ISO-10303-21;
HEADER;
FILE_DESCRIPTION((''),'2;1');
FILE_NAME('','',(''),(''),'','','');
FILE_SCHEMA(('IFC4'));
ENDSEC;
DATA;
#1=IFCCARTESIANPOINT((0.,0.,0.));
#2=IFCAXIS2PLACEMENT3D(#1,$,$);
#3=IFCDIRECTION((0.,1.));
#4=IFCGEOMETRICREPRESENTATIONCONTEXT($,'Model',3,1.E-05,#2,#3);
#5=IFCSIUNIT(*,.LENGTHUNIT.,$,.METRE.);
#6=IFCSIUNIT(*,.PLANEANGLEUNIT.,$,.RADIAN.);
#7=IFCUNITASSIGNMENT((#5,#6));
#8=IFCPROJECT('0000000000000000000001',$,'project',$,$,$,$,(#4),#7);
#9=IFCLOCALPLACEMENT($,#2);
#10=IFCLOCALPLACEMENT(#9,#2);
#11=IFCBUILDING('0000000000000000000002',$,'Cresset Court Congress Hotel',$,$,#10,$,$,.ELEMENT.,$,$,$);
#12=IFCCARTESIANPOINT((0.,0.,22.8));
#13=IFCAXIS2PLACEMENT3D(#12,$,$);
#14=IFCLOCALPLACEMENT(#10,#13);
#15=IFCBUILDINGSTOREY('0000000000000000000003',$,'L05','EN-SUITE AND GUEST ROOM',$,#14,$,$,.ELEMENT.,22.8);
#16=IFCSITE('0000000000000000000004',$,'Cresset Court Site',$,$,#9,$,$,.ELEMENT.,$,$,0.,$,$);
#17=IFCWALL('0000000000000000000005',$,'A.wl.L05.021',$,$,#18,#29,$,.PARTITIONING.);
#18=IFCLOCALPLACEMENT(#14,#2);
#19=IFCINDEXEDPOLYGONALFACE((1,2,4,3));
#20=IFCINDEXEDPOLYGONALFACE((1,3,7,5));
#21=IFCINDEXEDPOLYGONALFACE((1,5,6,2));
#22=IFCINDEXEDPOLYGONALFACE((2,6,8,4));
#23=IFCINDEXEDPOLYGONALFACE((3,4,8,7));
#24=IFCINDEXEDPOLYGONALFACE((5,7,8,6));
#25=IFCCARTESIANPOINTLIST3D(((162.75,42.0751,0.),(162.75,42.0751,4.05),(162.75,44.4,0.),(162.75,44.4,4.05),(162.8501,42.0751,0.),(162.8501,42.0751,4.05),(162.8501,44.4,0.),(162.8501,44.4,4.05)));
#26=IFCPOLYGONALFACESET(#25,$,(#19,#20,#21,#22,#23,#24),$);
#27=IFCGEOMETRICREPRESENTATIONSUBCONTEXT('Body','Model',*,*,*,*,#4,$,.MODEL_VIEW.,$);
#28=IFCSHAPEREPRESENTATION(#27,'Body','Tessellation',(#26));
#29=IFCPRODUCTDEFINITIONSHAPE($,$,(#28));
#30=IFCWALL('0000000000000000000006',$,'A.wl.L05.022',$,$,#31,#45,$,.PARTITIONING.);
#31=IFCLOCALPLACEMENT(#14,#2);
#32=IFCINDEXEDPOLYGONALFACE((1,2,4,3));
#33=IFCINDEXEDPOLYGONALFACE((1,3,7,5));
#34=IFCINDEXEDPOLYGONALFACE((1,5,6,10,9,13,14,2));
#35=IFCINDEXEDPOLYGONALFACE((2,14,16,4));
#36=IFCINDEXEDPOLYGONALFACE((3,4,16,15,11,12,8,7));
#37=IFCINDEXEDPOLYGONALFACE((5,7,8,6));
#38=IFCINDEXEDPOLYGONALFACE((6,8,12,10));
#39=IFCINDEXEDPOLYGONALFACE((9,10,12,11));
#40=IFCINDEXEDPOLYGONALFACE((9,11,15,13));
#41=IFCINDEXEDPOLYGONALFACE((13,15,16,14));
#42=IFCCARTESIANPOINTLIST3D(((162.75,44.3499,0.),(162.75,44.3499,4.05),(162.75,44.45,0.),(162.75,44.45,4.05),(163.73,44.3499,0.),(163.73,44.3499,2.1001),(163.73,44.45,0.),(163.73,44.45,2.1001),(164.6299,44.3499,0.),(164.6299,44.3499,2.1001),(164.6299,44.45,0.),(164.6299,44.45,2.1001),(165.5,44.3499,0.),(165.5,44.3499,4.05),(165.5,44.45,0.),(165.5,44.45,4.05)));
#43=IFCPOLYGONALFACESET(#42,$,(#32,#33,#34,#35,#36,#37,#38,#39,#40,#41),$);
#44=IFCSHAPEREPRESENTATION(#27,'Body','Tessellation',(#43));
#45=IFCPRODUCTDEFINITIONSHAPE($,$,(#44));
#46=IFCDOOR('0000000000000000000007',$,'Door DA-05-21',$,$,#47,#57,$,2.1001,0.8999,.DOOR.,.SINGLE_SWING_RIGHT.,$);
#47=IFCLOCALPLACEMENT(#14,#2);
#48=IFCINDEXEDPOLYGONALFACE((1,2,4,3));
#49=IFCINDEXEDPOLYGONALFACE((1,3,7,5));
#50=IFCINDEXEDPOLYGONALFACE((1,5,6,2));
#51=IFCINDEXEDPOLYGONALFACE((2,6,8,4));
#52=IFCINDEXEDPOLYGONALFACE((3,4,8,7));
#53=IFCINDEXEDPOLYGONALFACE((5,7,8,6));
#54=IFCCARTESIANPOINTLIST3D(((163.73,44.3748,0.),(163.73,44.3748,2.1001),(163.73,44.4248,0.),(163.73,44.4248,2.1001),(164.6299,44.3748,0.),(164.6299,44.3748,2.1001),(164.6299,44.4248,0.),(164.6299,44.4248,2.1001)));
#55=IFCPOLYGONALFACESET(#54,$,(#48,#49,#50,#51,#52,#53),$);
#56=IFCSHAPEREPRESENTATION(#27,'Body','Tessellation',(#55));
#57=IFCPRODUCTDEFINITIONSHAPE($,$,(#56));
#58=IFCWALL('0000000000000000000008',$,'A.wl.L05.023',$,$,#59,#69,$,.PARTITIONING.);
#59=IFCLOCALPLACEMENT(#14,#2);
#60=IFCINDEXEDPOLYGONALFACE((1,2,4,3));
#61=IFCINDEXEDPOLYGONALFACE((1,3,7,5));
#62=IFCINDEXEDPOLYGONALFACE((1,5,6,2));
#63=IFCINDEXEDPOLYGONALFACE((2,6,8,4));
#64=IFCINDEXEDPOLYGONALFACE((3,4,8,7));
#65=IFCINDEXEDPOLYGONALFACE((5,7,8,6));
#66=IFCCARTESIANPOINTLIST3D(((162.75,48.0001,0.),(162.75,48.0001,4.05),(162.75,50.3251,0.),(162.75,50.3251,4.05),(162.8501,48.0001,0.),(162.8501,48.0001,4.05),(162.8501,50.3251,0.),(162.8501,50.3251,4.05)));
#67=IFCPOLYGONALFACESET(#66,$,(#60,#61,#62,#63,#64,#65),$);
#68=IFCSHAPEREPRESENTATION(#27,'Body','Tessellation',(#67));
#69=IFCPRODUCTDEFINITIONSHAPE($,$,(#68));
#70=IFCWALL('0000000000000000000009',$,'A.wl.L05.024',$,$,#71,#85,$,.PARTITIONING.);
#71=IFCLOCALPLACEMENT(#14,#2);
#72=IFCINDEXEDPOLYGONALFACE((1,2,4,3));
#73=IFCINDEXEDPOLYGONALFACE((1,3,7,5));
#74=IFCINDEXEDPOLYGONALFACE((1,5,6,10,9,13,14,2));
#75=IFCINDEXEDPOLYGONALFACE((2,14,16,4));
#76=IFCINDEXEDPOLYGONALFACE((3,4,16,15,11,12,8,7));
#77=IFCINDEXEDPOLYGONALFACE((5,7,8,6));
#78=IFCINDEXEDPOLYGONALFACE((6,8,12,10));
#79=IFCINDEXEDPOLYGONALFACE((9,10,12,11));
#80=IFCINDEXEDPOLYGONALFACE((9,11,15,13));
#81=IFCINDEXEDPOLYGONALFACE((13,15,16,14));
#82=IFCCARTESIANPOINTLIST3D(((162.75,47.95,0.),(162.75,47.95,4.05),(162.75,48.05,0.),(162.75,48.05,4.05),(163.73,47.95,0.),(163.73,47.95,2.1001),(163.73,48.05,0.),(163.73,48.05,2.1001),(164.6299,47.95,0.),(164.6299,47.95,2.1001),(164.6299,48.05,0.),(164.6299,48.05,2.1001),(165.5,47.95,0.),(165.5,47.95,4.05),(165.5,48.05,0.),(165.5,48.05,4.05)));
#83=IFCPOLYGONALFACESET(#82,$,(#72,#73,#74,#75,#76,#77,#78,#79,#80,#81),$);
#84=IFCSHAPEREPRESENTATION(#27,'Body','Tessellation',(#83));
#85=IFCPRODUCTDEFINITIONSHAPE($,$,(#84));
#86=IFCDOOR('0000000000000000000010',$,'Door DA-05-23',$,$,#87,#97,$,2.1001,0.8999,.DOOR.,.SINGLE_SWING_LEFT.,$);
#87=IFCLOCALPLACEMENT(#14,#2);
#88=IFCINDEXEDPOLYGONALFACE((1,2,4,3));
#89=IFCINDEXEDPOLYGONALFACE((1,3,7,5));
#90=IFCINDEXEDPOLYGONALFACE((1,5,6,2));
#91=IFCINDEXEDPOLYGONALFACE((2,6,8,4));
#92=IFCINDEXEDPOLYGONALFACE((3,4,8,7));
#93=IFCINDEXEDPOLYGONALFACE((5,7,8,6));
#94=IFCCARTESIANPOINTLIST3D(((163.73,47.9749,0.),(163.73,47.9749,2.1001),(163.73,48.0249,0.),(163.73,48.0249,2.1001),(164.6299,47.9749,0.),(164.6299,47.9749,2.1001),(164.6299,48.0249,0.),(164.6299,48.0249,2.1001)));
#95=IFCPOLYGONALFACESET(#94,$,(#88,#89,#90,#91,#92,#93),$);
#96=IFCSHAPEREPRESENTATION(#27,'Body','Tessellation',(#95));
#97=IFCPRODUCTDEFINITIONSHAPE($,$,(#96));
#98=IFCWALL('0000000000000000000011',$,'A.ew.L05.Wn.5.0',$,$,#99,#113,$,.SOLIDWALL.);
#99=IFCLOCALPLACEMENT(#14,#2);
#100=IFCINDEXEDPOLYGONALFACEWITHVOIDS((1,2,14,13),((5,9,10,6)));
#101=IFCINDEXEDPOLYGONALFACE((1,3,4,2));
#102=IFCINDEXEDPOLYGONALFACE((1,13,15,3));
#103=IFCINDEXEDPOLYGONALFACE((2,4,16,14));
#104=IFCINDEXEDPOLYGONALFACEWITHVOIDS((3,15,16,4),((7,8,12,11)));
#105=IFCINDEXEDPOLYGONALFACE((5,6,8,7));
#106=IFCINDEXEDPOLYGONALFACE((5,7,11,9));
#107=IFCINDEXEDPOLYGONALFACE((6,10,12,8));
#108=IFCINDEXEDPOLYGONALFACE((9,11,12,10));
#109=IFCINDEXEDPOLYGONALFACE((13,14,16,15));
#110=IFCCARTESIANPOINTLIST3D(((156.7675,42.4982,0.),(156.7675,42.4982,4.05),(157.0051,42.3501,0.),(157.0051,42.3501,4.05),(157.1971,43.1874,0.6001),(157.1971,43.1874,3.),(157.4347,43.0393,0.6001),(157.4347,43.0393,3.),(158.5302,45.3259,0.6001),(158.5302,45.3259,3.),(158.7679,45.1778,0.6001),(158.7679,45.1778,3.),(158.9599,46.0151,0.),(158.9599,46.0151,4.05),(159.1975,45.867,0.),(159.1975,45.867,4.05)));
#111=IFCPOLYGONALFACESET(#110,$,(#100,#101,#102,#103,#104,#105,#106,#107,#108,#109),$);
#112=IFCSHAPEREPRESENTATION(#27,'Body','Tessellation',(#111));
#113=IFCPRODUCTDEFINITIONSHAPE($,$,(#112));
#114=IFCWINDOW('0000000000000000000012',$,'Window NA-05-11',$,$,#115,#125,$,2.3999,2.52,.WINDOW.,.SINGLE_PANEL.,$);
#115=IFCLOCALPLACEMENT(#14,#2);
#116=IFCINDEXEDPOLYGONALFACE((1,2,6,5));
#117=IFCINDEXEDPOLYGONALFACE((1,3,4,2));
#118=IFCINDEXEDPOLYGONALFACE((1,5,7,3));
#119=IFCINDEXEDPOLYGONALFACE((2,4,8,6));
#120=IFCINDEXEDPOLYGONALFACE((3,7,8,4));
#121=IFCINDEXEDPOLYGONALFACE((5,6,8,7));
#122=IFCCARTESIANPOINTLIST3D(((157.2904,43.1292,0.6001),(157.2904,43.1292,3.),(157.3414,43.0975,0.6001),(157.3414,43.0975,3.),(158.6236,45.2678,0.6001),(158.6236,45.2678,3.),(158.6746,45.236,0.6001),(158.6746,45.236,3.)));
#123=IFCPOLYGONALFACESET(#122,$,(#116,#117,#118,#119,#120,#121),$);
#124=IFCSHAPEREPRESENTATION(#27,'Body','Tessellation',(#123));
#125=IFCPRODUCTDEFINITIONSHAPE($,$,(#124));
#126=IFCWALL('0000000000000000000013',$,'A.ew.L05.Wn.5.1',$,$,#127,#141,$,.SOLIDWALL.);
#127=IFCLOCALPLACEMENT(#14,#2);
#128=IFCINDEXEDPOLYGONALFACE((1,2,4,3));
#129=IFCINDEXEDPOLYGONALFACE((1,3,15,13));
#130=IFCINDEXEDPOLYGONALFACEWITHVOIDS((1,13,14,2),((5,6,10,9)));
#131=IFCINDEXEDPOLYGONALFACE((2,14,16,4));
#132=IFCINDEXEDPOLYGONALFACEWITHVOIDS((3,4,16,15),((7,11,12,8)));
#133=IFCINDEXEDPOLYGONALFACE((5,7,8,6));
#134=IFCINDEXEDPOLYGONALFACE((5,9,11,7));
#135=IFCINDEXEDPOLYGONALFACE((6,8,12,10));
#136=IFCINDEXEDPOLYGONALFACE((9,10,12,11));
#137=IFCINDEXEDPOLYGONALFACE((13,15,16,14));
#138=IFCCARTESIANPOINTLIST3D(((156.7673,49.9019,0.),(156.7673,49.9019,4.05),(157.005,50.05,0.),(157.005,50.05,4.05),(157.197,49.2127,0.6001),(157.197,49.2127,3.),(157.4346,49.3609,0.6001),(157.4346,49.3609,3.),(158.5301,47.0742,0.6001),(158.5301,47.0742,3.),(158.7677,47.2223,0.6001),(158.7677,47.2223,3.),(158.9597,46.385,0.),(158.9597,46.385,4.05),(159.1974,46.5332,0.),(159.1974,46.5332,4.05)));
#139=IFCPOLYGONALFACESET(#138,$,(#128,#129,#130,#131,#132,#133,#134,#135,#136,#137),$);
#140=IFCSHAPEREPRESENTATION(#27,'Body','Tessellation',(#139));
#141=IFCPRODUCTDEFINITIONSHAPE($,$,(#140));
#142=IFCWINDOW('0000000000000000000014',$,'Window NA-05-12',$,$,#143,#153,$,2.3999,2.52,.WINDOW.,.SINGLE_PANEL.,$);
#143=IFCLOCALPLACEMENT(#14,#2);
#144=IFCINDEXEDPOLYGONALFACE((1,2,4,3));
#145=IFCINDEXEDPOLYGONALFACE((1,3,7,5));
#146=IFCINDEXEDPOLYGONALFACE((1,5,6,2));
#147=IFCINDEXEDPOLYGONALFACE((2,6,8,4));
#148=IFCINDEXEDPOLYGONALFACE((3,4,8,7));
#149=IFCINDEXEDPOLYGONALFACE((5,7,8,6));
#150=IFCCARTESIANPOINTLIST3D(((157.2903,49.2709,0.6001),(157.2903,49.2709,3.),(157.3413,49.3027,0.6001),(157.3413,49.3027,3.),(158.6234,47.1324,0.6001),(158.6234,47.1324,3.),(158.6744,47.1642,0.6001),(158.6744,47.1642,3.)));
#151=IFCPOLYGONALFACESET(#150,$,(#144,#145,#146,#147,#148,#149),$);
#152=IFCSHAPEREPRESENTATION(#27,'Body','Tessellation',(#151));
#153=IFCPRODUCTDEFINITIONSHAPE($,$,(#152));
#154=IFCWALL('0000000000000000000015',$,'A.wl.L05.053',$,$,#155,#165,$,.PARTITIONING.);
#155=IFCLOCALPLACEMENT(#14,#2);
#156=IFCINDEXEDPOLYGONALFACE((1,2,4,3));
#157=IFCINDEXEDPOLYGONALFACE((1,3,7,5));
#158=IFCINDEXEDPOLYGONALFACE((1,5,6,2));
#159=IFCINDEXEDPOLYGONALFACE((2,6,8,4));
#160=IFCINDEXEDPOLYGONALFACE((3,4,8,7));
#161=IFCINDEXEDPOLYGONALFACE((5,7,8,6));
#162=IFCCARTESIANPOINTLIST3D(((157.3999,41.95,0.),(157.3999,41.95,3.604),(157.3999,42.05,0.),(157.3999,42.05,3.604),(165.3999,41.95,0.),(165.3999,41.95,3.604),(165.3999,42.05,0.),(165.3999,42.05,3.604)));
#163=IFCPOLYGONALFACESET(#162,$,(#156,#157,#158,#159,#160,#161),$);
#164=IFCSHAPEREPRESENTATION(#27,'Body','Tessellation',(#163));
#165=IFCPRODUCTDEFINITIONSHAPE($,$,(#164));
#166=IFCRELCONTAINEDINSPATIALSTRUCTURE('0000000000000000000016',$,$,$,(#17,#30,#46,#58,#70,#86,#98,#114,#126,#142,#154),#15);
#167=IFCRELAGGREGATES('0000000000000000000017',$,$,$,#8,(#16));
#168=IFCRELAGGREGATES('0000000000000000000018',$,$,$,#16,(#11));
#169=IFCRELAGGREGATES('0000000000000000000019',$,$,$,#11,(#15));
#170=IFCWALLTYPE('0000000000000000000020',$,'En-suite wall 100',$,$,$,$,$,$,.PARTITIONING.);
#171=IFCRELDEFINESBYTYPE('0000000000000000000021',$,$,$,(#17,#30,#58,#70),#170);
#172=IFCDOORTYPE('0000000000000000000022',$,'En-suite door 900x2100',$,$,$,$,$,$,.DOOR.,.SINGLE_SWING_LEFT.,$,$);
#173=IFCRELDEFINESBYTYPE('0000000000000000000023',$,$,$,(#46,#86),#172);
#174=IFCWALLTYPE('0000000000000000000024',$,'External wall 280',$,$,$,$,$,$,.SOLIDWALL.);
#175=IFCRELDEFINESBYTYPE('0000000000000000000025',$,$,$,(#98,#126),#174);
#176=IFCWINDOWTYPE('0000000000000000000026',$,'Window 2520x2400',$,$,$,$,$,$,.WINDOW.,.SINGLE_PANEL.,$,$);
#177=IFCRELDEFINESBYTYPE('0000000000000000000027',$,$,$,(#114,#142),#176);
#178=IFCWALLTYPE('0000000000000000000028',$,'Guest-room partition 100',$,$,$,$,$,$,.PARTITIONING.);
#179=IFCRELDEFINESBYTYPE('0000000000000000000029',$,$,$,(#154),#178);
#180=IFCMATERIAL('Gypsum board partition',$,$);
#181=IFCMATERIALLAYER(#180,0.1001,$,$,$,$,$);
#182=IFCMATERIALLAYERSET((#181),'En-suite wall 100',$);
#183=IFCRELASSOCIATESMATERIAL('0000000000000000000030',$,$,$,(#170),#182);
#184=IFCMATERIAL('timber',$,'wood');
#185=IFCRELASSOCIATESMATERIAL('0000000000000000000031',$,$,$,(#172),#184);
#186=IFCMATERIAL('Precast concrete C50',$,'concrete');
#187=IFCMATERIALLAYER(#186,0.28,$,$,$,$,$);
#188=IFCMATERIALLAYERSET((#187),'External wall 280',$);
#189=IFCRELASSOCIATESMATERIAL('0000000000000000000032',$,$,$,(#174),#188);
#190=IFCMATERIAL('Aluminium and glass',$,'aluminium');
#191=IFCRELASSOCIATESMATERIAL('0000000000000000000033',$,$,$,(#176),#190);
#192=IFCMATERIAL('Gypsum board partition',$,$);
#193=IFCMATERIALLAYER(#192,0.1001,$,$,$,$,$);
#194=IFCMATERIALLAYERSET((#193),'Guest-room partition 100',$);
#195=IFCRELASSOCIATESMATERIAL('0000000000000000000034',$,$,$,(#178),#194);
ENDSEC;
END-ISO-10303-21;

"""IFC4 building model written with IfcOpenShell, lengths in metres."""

from ifc_helpers import new_model, si_unit, direction, frame, frame_2d, origin, place, context, subcontext, project, spatial, rectangle, extrude, material, layer, layer_set, type_object, element, fill, save


model = new_model("IFC4")

# Units and contexts
model_context = context("Model", 3, precision=1e-05, world=origin(), true_north=direction((0.0, 1.0)))
body_context = subcontext(model_context, "Body", "Model", "MODEL_VIEW")
ifc_project = project(units=[si_unit("LENGTHUNIT", "METRE"), si_unit("PLANEANGLEUNIT", "RADIAN")], contexts=[model_context])

# Site, building, storey
site_placement = place(None, origin())
site = spatial("IfcSite", under=ifc_project, at=site_placement, Name="Cresset Court Site", CompositionType="ELEMENT", RefElevation=0.0)
building_placement = place(site_placement, origin())
building = spatial("IfcBuilding", under=site, at=building_placement, Name="Cresset Court Congress Hotel", CompositionType="ELEMENT")
storey_placement = place(building_placement, frame((0.0, 0.0, 22.8)))
storey = spatial("IfcBuildingStorey", under=building, at=storey_placement, Name="L05", Description="EN-SUITE AND GUEST ROOM", CompositionType="ELEMENT", Elevation=22.8)

# Wall
ifc_material_1 = material(Name="Gypsum board partition")
ifc_layer_1 = layer(ifc_material_1, 0.1001)
ifc_layer_set_1 = layer_set([ifc_layer_1], Name="En-suite wall 100")
wall_type_1 = type_object("IfcWallType", Name="En-suite wall 100", PredefinedType="PARTITIONING", material=ifc_layer_set_1)
wall_1_placement = place(storey_placement, frame((162.8, 42.075, 0.0), z_axis=(0.0, 0.0, 1.0), x_axis=(0.0, 1.0, 0.0)))
element("IfcWall", 1, at=wall_1_placement, inside=storey, type_object=wall_type_1, Name="A.wl.L05.021", PredefinedType="PARTITIONING", context=body_context, shape_type="SweptSolid", body=[
    extrude(rectangle(XDim=2.325, YDim=0.1001, at=frame_2d((1.1626, 0.0))), origin(), (0.0, 0.0, 1.0), 4.05),
])

# Wall, opening, door
wall_2_placement = place(storey_placement, frame((162.75, 44.3999, 0.0), z_axis=(0.0, 0.0, 1.0), x_axis=(1.0, 0.0, 0.0)))
wall_2 = element("IfcWall", 2, at=wall_2_placement, inside=storey, type_object=wall_type_1, Name="A.wl.L05.022", PredefinedType="PARTITIONING", context=body_context, shape_type="SweptSolid", body=[
    extrude(rectangle(XDim=2.75, YDim=0.1001, at=frame_2d((1.375, 0.0))), origin(), (0.0, 0.0, 1.0), 4.05),
])
opening_1_placement = place(wall_2_placement, frame((0.98, 0.0, 0.0)))
opening_1 = element("IfcOpeningElement", 3, at=opening_1_placement, cuts=wall_2, PredefinedType="OPENING", context=body_context, shape_type="SweptSolid", body=[
    extrude(rectangle(XDim=0.8999, YDim=2.1001, at=frame_2d((0.45, 1.05))), frame((0.0, 0.0601, 0.0), z_axis=(0.0, -1.0, 0.0), x_axis=(1.0, 0.0, 0.0)), (0.0, 0.0, 1.0), 0.1201),
])
ifc_material_2 = material(Name="timber", Category="wood")
door_type = type_object("IfcDoorType", Name="En-suite door 900x2100", OperationType="SINGLE_SWING_LEFT", PredefinedType="DOOR", material=ifc_material_2)
door_1_placement = place(opening_1_placement, origin())
door_1 = element("IfcDoor", 4, at=door_1_placement, inside=storey, type_object=door_type, Name="Door DA-05-21", OperationType="SINGLE_SWING_RIGHT", OverallHeight=2.1001, OverallWidth=0.8999, PredefinedType="DOOR", context=body_context, shape_type="SweptSolid", body=[
    extrude(rectangle(XDim=0.8999, YDim=2.1001, at=frame_2d((0.45, 1.05))), frame((0.0, 0.0249, 0.0), z_axis=(0.0, -1.0, 0.0), x_axis=(1.0, 0.0, 0.0)), (0.0, 0.0, 1.0), 0.05),
])
fill(opening_1, door_1)

# Wall
wall_3_placement = place(storey_placement, frame((162.8, 48.0, 0.0), z_axis=(0.0, 0.0, 1.0), x_axis=(0.0, 1.0, 0.0)))
element("IfcWall", 5, at=wall_3_placement, inside=storey, type_object=wall_type_1, Name="A.wl.L05.023", PredefinedType="PARTITIONING", context=body_context, shape_type="SweptSolid", body=[
    extrude(rectangle(XDim=2.325, YDim=0.1001, at=frame_2d((1.1626, 0.0))), origin(), (0.0, 0.0, 1.0), 4.05),
])

# Wall, opening, door
wall_4_placement = place(storey_placement, frame((162.75, 48.0, 0.0), z_axis=(0.0, 0.0, 1.0), x_axis=(1.0, 0.0, 0.0)))
wall_4 = element("IfcWall", 6, at=wall_4_placement, inside=storey, type_object=wall_type_1, Name="A.wl.L05.024", PredefinedType="PARTITIONING", context=body_context, shape_type="SweptSolid", body=[
    extrude(rectangle(XDim=2.75, YDim=0.1001, at=frame_2d((1.375, 0.0))), origin(), (0.0, 0.0, 1.0), 4.05),
])
opening_2_placement = place(wall_4_placement, frame((0.98, 0.0, 0.0)))
opening_2 = element("IfcOpeningElement", 7, at=opening_2_placement, cuts=wall_4, PredefinedType="OPENING", context=body_context, shape_type="SweptSolid", body=[
    extrude(rectangle(XDim=0.8999, YDim=2.1001, at=frame_2d((0.45, 1.05))), frame((0.0, 0.0601, 0.0), z_axis=(0.0, -1.0, 0.0), x_axis=(1.0, 0.0, 0.0)), (0.0, 0.0, 1.0), 0.1201),
])
door_2_placement = place(opening_2_placement, origin())
door_2 = element("IfcDoor", 8, at=door_2_placement, inside=storey, type_object=door_type, Name="Door DA-05-23", OperationType="SINGLE_SWING_LEFT", OverallHeight=2.1001, OverallWidth=0.8999, PredefinedType="DOOR", context=body_context, shape_type="SweptSolid", body=[
    extrude(rectangle(XDim=0.8999, YDim=2.1001, at=frame_2d((0.45, 1.05))), frame((0.0, 0.0249, 0.0), z_axis=(0.0, -1.0, 0.0), x_axis=(1.0, 0.0, 0.0)), (0.0, 0.0, 1.0), 0.05),
])
fill(opening_2, door_2)

# Walls, openings, windows
ifc_material_3 = material(Name="Precast concrete C50", Category="concrete")
ifc_layer_2 = layer(ifc_material_3, 0.28)
ifc_layer_set_2 = layer_set([ifc_layer_2], Name="External wall 280")
wall_type_2 = type_object("IfcWallType", Name="External wall 280", PredefinedType="SOLIDWALL", material=ifc_layer_set_2)
wall_5_placement = place(storey_placement, frame((156.8862, 42.4241, 0.0), z_axis=(0.0, 0.0, 1.0), x_axis=(0.529019, 0.84861, 0.0)))
wall_5 = element("IfcWall", 9, at=wall_5_placement, inside=storey, type_object=wall_type_2, Name="A.ew.L05.Wn.5.0", PredefinedType="SOLIDWALL", context=body_context, shape_type="SweptSolid", body=[
    extrude(rectangle(XDim=4.1443, YDim=0.28, at=frame_2d((2.0723, 0.0))), origin(), (0.0, 0.0, 1.0), 4.05),
])
opening_3_placement = place(wall_5_placement, frame((0.8123, 0.0, 0.6001)))
opening_3 = element("IfcOpeningElement", 10, at=opening_3_placement, cuts=wall_5, PredefinedType="OPENING", context=body_context, shape_type="SweptSolid", body=[
    extrude(rectangle(XDim=2.52, YDim=2.3999, at=frame_2d((1.26, 1.2))), frame((0.0, 0.1499, 0.0), z_axis=(0.0, -1.0, 0.0), x_axis=(1.0, 0.0, 0.0)), (0.0, 0.0, 1.0), 0.3),
])
ifc_material_4 = material(Name="Aluminium and glass", Category="aluminium")
window_type = type_object("IfcWindowType", Name="Window 2520x2400", PartitioningType="SINGLE_PANEL", PredefinedType="WINDOW", material=ifc_material_4)
window_1_placement = place(opening_3_placement, origin())
window_1 = element("IfcWindow", 11, at=window_1_placement, inside=storey, type_object=window_type, Name="Window NA-05-11", OverallHeight=2.3999, OverallWidth=2.52, PartitioningType="SINGLE_PANEL", PredefinedType="WINDOW", context=body_context, shape_type="SweptSolid", body=[
    extrude(rectangle(XDim=2.52, YDim=2.3999, at=frame_2d((1.26, 1.2))), frame((0.0, 0.03, 0.0), z_axis=(0.0, -1.0, 0.0), x_axis=(1.0, 0.0, 0.0)), (0.0, 0.0, 1.0), 0.0601),
])
fill(opening_3, window_1)
wall_6_placement = place(storey_placement, frame((159.0786, 46.459, 0.0), z_axis=(0.0, 0.0, 1.0), x_axis=(-0.529019, 0.84861, 0.0)))
wall_6 = element("IfcWall", 12, at=wall_6_placement, inside=storey, type_object=wall_type_2, Name="A.ew.L05.Wn.5.1", PredefinedType="SOLIDWALL", context=body_context, shape_type="SweptSolid", body=[
    extrude(rectangle(XDim=4.1443, YDim=0.28, at=frame_2d((2.0723, 0.0))), origin(), (0.0, 0.0, 1.0), 4.05),
])
opening_4_placement = place(wall_6_placement, frame((0.8123, 0.0, 0.6001)))
opening_4 = element("IfcOpeningElement", 13, at=opening_4_placement, cuts=wall_6, PredefinedType="OPENING", context=body_context, shape_type="SweptSolid", body=[
    extrude(rectangle(XDim=2.52, YDim=2.3999, at=frame_2d((1.26, 1.2))), frame((0.0, 0.1499, 0.0), z_axis=(0.0, -1.0, 0.0), x_axis=(1.0, 0.0, 0.0)), (0.0, 0.0, 1.0), 0.3),
])
window_2_placement = place(opening_4_placement, origin())
window_2 = element("IfcWindow", 14, at=window_2_placement, inside=storey, type_object=window_type, Name="Window NA-05-12", OverallHeight=2.3999, OverallWidth=2.52, PartitioningType="SINGLE_PANEL", PredefinedType="WINDOW", context=body_context, shape_type="SweptSolid", body=[
    extrude(rectangle(XDim=2.52, YDim=2.3999, at=frame_2d((1.26, 1.2))), frame((0.0, 0.03, 0.0), z_axis=(0.0, -1.0, 0.0), x_axis=(1.0, 0.0, 0.0)), (0.0, 0.0, 1.0), 0.0601),
])
fill(opening_4, window_2)

# Wall
ifc_material_5 = material(Name="Gypsum board partition")
ifc_layer_3 = layer(ifc_material_5, 0.1001)
ifc_layer_set_3 = layer_set([ifc_layer_3], Name="Guest-room partition 100")
wall_type_3 = type_object("IfcWallType", Name="Guest-room partition 100", PredefinedType="PARTITIONING", material=ifc_layer_set_3)
wall_7_placement = place(storey_placement, frame((157.3999, 42.0, 0.0), z_axis=(0.0, 0.0, 1.0), x_axis=(1.0, 0.0, 0.0)))
element("IfcWall", 15, at=wall_7_placement, inside=storey, type_object=wall_type_3, Name="A.wl.L05.053", PredefinedType="PARTITIONING", context=body_context, shape_type="SweptSolid", body=[
    extrude(rectangle(XDim=8.0, YDim=0.1001, at=frame_2d((4.0, 0.0))), origin(), (0.0, 0.0, 1.0), 3.604),
])

save(model, "model.ifc")
